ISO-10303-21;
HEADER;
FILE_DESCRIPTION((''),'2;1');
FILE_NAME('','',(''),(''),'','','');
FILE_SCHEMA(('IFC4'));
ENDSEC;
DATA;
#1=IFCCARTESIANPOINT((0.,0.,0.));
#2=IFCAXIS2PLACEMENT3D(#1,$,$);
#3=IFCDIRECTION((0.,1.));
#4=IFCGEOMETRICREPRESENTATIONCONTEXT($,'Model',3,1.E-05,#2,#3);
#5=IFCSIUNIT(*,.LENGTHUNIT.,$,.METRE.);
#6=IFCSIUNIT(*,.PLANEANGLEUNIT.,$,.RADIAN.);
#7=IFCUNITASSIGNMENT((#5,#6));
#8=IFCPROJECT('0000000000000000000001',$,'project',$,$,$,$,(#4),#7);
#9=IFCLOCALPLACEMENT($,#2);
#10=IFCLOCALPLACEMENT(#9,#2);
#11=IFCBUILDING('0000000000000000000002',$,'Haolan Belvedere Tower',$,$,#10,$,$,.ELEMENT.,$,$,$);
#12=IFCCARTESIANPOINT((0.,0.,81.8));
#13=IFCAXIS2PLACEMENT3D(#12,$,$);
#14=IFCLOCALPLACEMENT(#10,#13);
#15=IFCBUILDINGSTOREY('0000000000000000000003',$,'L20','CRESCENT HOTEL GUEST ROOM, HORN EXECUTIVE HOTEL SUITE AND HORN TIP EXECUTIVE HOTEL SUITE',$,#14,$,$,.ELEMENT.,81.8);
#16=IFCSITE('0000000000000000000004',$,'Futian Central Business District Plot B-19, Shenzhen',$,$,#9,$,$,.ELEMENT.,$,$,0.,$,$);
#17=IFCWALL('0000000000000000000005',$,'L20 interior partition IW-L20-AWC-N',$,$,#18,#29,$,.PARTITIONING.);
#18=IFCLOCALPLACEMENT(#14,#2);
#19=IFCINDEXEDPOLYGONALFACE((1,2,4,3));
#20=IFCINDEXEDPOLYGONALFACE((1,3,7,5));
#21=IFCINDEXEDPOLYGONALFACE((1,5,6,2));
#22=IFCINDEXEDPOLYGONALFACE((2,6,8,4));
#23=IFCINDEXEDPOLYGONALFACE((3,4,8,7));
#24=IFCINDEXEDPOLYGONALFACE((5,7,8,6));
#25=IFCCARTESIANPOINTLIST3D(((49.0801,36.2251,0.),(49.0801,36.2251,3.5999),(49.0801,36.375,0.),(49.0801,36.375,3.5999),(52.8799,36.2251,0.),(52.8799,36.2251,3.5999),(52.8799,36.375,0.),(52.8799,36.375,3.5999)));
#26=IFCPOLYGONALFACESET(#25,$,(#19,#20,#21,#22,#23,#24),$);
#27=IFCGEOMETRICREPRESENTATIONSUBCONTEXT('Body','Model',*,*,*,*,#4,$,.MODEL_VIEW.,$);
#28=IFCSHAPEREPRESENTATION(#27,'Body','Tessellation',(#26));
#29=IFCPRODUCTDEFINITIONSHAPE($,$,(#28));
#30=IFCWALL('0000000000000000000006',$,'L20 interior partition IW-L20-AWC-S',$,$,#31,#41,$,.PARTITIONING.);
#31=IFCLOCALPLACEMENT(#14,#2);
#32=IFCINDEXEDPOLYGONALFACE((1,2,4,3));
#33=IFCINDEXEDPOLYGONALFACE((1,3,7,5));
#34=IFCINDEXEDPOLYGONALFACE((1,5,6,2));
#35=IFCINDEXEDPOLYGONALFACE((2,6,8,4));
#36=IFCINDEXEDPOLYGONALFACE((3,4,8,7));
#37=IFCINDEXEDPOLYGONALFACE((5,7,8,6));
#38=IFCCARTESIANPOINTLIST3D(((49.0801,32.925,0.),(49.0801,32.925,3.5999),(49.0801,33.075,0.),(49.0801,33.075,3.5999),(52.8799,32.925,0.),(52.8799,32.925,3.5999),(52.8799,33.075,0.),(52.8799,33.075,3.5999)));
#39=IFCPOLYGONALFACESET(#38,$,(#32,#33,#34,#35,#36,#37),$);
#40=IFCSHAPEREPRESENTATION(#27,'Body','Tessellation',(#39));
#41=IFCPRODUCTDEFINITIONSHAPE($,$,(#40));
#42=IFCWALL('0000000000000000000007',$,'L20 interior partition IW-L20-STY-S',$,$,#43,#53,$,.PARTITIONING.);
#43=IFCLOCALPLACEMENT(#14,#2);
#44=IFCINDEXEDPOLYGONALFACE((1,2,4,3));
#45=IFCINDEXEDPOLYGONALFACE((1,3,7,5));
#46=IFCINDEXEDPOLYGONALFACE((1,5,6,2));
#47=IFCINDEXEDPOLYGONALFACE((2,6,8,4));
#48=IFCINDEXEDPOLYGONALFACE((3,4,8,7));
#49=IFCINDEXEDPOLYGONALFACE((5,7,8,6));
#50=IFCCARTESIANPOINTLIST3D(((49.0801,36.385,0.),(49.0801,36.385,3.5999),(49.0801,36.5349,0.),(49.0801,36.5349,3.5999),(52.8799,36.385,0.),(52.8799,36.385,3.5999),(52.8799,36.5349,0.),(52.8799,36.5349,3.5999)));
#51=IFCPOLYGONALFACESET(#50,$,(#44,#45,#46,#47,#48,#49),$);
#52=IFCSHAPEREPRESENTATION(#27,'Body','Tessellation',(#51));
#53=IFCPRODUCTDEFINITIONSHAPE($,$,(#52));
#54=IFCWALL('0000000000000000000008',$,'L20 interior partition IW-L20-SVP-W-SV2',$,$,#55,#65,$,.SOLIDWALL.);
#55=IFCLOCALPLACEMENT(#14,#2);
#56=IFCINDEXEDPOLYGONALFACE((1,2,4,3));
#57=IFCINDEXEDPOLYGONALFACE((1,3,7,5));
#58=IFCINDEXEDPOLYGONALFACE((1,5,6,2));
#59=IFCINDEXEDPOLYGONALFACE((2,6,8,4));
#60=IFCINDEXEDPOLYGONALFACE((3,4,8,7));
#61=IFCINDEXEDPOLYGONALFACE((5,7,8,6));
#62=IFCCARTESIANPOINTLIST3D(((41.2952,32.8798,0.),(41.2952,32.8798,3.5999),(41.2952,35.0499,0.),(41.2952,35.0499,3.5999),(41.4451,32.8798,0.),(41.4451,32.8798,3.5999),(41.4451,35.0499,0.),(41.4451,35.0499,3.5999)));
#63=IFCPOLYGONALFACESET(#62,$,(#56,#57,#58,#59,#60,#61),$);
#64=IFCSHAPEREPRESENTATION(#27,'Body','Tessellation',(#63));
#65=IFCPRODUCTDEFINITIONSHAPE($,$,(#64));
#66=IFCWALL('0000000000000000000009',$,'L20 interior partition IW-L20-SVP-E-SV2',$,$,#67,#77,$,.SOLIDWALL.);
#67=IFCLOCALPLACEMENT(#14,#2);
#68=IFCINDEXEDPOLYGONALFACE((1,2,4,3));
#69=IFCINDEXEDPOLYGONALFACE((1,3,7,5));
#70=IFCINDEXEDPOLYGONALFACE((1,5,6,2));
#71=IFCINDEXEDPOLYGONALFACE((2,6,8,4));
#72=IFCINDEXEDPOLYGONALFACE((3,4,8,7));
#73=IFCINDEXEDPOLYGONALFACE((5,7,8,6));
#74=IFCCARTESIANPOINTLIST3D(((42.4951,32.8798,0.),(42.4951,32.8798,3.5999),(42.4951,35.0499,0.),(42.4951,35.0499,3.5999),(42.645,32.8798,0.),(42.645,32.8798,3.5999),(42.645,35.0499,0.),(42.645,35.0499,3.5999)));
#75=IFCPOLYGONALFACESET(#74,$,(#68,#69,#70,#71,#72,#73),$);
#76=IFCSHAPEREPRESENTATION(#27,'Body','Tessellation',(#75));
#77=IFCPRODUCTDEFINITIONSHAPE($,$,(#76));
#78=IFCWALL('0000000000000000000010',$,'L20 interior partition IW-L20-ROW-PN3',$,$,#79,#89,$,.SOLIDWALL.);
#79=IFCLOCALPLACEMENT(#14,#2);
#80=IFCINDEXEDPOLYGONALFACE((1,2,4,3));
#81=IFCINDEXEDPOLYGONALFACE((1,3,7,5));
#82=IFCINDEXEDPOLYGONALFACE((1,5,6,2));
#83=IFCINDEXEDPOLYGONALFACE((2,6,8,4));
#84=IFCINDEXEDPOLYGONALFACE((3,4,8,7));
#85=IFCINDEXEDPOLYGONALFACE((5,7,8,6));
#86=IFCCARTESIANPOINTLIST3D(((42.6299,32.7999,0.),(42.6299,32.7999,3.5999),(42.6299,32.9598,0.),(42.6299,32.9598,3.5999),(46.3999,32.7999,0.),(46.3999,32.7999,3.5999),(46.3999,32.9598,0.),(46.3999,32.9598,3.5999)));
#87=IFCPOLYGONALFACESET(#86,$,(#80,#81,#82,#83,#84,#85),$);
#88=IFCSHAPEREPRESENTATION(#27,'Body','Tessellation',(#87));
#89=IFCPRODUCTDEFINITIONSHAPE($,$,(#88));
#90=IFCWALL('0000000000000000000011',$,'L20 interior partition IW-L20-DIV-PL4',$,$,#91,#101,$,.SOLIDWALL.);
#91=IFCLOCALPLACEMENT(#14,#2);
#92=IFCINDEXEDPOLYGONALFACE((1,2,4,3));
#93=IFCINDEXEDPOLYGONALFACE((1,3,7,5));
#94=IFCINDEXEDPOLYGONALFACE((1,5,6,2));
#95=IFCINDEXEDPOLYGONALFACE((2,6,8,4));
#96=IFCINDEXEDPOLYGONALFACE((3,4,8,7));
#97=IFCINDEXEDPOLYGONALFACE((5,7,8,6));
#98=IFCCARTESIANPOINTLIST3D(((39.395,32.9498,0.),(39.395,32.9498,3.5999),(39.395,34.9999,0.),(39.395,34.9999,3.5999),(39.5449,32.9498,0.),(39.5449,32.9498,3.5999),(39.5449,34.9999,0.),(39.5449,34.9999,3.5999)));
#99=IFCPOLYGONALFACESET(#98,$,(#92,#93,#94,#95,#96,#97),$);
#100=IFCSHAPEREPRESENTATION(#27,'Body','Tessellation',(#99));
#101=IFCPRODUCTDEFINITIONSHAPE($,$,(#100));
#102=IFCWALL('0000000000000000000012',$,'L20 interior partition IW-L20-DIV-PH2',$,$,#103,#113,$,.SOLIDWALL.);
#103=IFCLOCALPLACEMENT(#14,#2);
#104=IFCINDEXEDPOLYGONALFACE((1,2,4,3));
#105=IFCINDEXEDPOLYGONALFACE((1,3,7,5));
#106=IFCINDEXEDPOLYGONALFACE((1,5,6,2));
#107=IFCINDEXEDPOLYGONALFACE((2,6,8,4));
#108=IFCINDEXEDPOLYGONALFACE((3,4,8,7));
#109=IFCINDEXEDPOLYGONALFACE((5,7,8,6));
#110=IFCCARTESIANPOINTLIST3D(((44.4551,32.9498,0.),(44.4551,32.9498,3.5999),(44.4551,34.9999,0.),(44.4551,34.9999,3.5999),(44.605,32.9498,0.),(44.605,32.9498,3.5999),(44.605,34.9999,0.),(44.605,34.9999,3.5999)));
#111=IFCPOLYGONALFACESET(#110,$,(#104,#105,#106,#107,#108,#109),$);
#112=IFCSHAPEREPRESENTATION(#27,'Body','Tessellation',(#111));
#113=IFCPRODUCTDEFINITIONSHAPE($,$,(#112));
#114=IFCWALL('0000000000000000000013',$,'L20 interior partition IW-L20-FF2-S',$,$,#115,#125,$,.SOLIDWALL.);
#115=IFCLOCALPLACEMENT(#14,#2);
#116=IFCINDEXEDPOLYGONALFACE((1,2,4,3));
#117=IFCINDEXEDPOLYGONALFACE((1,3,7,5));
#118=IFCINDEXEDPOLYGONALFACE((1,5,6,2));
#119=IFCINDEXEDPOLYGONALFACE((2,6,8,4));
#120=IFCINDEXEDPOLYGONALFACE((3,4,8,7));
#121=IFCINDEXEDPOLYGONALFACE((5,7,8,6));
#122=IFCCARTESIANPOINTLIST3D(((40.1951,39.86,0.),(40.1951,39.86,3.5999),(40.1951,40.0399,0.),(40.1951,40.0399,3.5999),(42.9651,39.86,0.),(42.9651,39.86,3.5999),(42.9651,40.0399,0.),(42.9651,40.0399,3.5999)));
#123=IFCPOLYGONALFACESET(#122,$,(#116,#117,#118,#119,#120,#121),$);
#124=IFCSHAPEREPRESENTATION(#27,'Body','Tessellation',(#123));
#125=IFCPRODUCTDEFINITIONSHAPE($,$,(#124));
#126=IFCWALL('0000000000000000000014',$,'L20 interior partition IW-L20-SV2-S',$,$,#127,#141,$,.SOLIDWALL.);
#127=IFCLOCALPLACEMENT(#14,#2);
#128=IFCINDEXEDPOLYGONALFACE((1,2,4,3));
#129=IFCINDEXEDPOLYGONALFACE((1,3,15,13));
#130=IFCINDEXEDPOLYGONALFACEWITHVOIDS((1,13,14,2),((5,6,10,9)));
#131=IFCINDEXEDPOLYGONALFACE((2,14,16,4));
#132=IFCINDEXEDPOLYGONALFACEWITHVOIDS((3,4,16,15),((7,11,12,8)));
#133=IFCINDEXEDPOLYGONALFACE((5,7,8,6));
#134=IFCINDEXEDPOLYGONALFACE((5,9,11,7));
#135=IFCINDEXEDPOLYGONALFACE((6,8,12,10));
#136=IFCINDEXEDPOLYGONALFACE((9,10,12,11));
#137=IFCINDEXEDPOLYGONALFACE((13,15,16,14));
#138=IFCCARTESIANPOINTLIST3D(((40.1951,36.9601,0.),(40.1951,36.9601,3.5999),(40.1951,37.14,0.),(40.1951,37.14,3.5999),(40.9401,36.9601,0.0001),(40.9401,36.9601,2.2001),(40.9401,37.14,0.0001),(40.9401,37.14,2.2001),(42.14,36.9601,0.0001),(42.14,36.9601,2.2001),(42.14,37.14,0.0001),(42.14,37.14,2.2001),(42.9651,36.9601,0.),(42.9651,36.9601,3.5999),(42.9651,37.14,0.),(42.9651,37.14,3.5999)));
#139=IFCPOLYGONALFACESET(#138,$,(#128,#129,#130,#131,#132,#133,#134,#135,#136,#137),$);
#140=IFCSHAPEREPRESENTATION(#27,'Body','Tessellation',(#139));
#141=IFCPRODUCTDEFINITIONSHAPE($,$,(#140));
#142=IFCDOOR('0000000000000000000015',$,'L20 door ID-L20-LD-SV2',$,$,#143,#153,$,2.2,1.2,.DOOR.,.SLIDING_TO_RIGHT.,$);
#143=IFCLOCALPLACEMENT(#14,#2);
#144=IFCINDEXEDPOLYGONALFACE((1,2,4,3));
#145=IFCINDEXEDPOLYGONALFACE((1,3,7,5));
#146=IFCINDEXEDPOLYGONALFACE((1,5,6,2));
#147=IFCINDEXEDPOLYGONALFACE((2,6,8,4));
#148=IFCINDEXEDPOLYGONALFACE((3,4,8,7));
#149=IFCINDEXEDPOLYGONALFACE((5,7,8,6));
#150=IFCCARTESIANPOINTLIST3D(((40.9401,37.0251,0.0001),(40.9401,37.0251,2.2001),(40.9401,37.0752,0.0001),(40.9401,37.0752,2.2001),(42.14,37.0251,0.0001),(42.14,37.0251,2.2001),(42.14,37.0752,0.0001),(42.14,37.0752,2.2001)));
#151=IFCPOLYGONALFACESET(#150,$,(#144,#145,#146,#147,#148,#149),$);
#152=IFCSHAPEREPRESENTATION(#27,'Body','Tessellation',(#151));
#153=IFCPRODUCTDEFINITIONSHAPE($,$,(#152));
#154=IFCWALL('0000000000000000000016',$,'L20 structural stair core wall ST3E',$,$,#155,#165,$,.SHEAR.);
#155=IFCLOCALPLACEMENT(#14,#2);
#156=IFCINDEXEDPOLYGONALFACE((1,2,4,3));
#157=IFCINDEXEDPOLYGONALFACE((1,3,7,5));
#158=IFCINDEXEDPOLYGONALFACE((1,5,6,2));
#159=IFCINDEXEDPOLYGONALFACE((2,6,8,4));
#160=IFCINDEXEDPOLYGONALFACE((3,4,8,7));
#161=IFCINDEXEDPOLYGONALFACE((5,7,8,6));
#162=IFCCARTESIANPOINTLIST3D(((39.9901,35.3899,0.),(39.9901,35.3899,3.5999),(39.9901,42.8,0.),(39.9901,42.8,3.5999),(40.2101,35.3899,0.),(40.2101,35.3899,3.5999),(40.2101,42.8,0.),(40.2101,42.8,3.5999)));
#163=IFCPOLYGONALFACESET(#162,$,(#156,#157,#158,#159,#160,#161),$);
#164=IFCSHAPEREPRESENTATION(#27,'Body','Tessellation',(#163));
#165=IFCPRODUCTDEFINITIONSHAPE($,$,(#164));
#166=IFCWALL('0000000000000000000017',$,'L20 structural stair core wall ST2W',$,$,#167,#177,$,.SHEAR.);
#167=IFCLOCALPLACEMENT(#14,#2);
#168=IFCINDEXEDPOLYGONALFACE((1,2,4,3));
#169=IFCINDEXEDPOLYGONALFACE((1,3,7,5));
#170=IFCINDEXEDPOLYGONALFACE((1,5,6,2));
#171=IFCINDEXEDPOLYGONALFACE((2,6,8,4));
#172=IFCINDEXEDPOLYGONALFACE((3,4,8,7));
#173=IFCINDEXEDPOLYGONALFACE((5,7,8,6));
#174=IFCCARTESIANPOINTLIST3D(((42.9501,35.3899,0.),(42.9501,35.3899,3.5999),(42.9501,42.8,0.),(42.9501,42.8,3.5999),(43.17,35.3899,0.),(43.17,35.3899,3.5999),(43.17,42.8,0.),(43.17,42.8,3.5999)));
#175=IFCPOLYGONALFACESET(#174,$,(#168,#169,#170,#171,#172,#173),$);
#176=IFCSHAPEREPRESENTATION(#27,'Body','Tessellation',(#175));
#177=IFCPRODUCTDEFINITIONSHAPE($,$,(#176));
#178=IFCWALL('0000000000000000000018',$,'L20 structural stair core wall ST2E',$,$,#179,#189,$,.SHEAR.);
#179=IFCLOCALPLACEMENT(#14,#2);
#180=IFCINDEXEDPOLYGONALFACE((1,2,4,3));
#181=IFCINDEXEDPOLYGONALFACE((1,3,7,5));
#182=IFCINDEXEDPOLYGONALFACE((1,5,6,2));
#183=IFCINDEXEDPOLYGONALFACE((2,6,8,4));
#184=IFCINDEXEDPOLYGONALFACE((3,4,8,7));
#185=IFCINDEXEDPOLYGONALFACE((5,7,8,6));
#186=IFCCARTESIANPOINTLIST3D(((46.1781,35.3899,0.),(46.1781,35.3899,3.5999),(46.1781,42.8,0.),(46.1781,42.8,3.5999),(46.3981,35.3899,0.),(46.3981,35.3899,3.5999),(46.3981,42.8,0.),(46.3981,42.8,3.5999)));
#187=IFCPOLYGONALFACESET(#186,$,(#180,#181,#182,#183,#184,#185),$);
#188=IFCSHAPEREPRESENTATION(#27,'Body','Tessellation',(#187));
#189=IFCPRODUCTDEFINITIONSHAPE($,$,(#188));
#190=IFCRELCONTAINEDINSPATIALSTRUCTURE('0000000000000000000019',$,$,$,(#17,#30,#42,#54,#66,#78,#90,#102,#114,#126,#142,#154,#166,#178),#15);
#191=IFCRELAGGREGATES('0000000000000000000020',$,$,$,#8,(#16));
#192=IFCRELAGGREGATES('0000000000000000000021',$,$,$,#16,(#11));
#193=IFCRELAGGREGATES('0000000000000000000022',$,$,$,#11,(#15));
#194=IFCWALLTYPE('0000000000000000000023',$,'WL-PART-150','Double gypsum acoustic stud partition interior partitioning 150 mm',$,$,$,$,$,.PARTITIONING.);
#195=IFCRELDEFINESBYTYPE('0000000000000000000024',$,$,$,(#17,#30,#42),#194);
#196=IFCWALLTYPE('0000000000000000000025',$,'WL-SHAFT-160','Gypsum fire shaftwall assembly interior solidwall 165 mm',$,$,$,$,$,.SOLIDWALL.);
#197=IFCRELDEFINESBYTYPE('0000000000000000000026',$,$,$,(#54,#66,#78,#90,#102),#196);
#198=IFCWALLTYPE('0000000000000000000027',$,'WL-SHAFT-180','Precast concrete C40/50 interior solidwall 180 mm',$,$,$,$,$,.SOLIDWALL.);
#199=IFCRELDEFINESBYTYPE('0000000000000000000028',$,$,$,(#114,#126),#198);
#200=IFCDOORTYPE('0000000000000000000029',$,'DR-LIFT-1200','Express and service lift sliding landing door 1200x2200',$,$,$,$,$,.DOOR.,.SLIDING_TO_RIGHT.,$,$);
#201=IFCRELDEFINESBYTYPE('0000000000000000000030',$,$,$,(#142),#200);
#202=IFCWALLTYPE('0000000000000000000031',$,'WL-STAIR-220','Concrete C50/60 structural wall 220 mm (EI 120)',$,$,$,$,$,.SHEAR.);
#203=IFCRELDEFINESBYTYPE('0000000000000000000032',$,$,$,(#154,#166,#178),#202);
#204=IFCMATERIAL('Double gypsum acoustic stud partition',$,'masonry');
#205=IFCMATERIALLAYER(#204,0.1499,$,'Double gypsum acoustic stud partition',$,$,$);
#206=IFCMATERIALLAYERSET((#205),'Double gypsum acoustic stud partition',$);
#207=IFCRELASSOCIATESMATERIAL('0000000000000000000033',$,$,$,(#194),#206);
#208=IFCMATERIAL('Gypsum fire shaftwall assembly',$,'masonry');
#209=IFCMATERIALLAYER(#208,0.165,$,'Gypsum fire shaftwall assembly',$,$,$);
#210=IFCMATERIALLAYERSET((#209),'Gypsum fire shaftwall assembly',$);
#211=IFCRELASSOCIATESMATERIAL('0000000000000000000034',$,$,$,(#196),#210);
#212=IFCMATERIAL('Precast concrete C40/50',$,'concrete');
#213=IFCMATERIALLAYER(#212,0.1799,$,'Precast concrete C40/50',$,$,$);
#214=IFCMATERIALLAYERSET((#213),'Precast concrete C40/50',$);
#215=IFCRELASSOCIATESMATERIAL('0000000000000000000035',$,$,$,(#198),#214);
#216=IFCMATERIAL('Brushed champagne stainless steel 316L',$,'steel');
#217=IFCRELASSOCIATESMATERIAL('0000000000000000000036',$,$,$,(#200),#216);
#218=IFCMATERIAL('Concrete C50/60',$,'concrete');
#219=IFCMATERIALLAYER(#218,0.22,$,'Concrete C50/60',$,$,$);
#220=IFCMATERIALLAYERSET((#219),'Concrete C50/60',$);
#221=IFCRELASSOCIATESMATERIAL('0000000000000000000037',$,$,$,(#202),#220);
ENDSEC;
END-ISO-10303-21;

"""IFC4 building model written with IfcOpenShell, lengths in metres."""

from ifc_helpers import new_model, si_unit, direction, frame, frame_2d, origin, place, context, subcontext, project, spatial, rectangle, extrude, material, layer, layer_set, type_object, element, fill, save


model = new_model("IFC4")

# Units and contexts
model_context = context("Model", 3, precision=1e-05, world=origin(), true_north=direction((0.0, 1.0)))
body_context = subcontext(model_context, "Body", "Model", "MODEL_VIEW")
ifc_project = project(units=[si_unit("LENGTHUNIT", "METRE"), si_unit("PLANEANGLEUNIT", "RADIAN")], contexts=[model_context])

# Site, building, storey
site_placement = place(None, origin())
site = spatial("IfcSite", under=ifc_project, at=site_placement, Name="Futian Central Business District Plot B-19, Shenzhen", CompositionType="ELEMENT", RefElevation=0.0)
building_placement = place(site_placement, origin())
building = spatial("IfcBuilding", under=site, at=building_placement, Name="Haolan Belvedere Tower", CompositionType="ELEMENT")
storey_placement = place(building_placement, frame((0.0, 0.0, 81.8)))
storey = spatial("IfcBuildingStorey", under=building, at=storey_placement, Name="L20", Description="CRESCENT HOTEL GUEST ROOM, HORN EXECUTIVE HOTEL SUITE AND HORN TIP EXECUTIVE HOTEL SUITE", CompositionType="ELEMENT", Elevation=81.8)

# Walls
ifc_material_1 = material(Name="Double gypsum acoustic stud partition", Category="masonry")
ifc_layer_1 = layer(ifc_material_1, 0.1499, Name="Double gypsum acoustic stud partition")
ifc_layer_set_1 = layer_set([ifc_layer_1], Name="Double gypsum acoustic stud partition")
wall_type_1 = type_object("IfcWallType", Name="WL-PART-150", Description="Double gypsum acoustic stud partition interior partitioning 150 mm", PredefinedType="PARTITIONING", material=ifc_layer_set_1)
for number, where, z_axis, x_axis, name in (
    (1, (49.0801, 36.3, 0.0), (0.0, 0.0, 1.0), (1.0, 0.0, 0.0), "L20 interior partition IW-L20-AWC-N"),
    (2, (49.0801, 33.0, 0.0), (0.0, 0.0, 1.0), (1.0, 0.0, 0.0), "L20 interior partition IW-L20-AWC-S"),
    (3, (49.0801, 36.46, 0.0), (0.0, 0.0, 1.0), (1.0, 0.0, 0.0), "L20 interior partition IW-L20-STY-S"),
):
    element("IfcWall", number, at=place(storey_placement, frame(where, z_axis=z_axis, x_axis=x_axis)), inside=storey, type_object=wall_type_1, Name=name, PredefinedType="PARTITIONING", context=body_context, shape_type="SweptSolid", body=[
        extrude(rectangle(XDim=3.7998, YDim=0.1499, at=frame_2d((1.8999, 0.0))), origin(), (0.0, 0.0, 1.0), 3.5999),
    ])
ifc_material_2 = material(Name="Gypsum fire shaftwall assembly", Category="masonry")
ifc_layer_2 = layer(ifc_material_2, 0.165, Name="Gypsum fire shaftwall assembly")
ifc_layer_set_2 = layer_set([ifc_layer_2], Name="Gypsum fire shaftwall assembly")
wall_type_2 = type_object("IfcWallType", Name="WL-SHAFT-160", Description="Gypsum fire shaftwall assembly interior solidwall 165 mm", PredefinedType="SOLIDWALL", material=ifc_layer_set_2)
for number, where, z_axis, x_axis, name in (
    (4, (41.3701, 32.8799, 0.0), (0.0, 0.0, 1.0), (0.0, 1.0, 0.0), "L20 interior partition IW-L20-SVP-W-SV2"),
    (5, (42.5701, 32.8799, 0.0), (0.0, 0.0, 1.0), (0.0, 1.0, 0.0), "L20 interior partition IW-L20-SVP-E-SV2"),
):
    element("IfcWall", number, at=place(storey_placement, frame(where, z_axis=z_axis, x_axis=x_axis)), inside=storey, type_object=wall_type_2, Name=name, PredefinedType="SOLIDWALL", context=body_context, shape_type="SweptSolid", body=[
        extrude(rectangle(XDim=2.1702, YDim=0.1499, at=frame_2d((1.085, 0.0))), origin(), (0.0, 0.0, 1.0), 3.5999),
    ])
wall_1_placement = place(storey_placement, frame((42.6299, 32.8799, 0.0), z_axis=(0.0, 0.0, 1.0), x_axis=(1.0, 0.0, 0.0)))
element("IfcWall", 6, at=wall_1_placement, inside=storey, type_object=wall_type_2, Name="L20 interior partition IW-L20-ROW-PN3", PredefinedType="SOLIDWALL", context=body_context, shape_type="SweptSolid", body=[
    extrude(rectangle(XDim=3.77, YDim=0.1599, at=frame_2d((1.885, 0.0))), origin(), (0.0, 0.0, 1.0), 3.5999),
])
for number, where, z_axis, x_axis, name in (
    (7, (39.47, 32.95, 0.0), (0.0, 0.0, 1.0), (0.0, 1.0, 0.0), "L20 interior partition IW-L20-DIV-PL4"),
    (8, (44.53, 32.95, 0.0), (0.0, 0.0, 1.0), (0.0, 1.0, 0.0), "L20 interior partition IW-L20-DIV-PH2"),
):
    element("IfcWall", number, at=place(storey_placement, frame(where, z_axis=z_axis, x_axis=x_axis)), inside=storey, type_object=wall_type_2, Name=name, PredefinedType="SOLIDWALL", context=body_context, shape_type="SweptSolid", body=[
        extrude(rectangle(XDim=2.05, YDim=0.1499, at=frame_2d((1.0249, 0.0))), origin(), (0.0, 0.0, 1.0), 3.5999),
    ])
ifc_material_3 = material(Name="Precast concrete C40/50", Category="concrete")
ifc_layer_3 = layer(ifc_material_3, 0.1799, Name="Precast concrete C40/50")
ifc_layer_set_3 = layer_set([ifc_layer_3], Name="Precast concrete C40/50")
wall_type_3 = type_object("IfcWallType", Name="WL-SHAFT-180", Description="Precast concrete C40/50 interior solidwall 180 mm", PredefinedType="SOLIDWALL", material=ifc_layer_set_3)
wall_2_placement = place(storey_placement, frame((40.1951, 39.95, 0.0), z_axis=(0.0, 0.0, 1.0), x_axis=(1.0, 0.0, 0.0)))
element("IfcWall", 9, at=wall_2_placement, inside=storey, type_object=wall_type_3, Name="L20 interior partition IW-L20-FF2-S", PredefinedType="SOLIDWALL", context=body_context, shape_type="SweptSolid", body=[
    extrude(rectangle(XDim=2.77, YDim=0.1799, at=frame_2d((1.385, 0.0))), origin(), (0.0, 0.0, 1.0), 3.5999),
])

# Wall, opening, door
wall_3_placement = place(storey_placement, frame((40.1951, 37.05, 0.0), z_axis=(0.0, 0.0, 1.0), x_axis=(1.0, 0.0, 0.0)))
wall_3 = element("IfcWall", 10, at=wall_3_placement, inside=storey, type_object=wall_type_3, Name="L20 interior partition IW-L20-SV2-S", PredefinedType="SOLIDWALL", context=body_context, shape_type="SweptSolid", body=[
    extrude(rectangle(XDim=2.77, YDim=0.1799, at=frame_2d((1.385, 0.0))), origin(), (0.0, 0.0, 1.0), 3.5999),
])
opening_placement = place(wall_3_placement, frame((1.9451, 0.0, 0.0), z_axis=(0.0, 0.0, 1.0), x_axis=(-1.0, 0.0, 0.0)))
opening = element("IfcOpeningElement", 11, at=opening_placement, cuts=wall_3, PredefinedType="OPENING", context=body_context, shape_type="SweptSolid", body=[
    extrude(rectangle(XDim=1.2, YDim=2.2, at=frame_2d((0.6001, 1.1001))), frame((0.0, 0.0999, 0.0), z_axis=(0.0, -1.0, 0.0), x_axis=(1.0, 0.0, 0.0)), (0.0, 0.0, 1.0), 0.2),
])
ifc_material_4 = material(Name="Brushed champagne stainless steel 316L", Category="steel")
door_type = type_object("IfcDoorType", Name="DR-LIFT-1200", Description="Express and service lift sliding landing door 1200x2200", OperationType="SLIDING_TO_RIGHT", PredefinedType="DOOR", material=ifc_material_4)
door_placement = place(opening_placement, origin())
door = element("IfcDoor", 12, at=door_placement, inside=storey, type_object=door_type, Name="L20 door ID-L20-LD-SV2", OperationType="SLIDING_TO_RIGHT", OverallHeight=2.2, OverallWidth=1.2, PredefinedType="DOOR", context=body_context, shape_type="SweptSolid", body=[
    extrude(rectangle(XDim=1.2, YDim=2.2, at=frame_2d((0.6001, 1.1001))), frame((0.0, 0.0249, 0.0), z_axis=(0.0, -1.0, 0.0), x_axis=(1.0, 0.0, 0.0)), (0.0, 0.0, 1.0), 0.05),
])
fill(opening, door)

# Walls
ifc_material_5 = material(Name="Concrete C50/60", Category="concrete")
ifc_layer_4 = layer(ifc_material_5, 0.22, Name="Concrete C50/60")
ifc_layer_set_4 = layer_set([ifc_layer_4], Name="Concrete C50/60")
wall_type_4 = type_object("IfcWallType", Name="WL-STAIR-220", Description="Concrete C50/60 structural wall 220 mm (EI 120)", PredefinedType="SHEAR", material=ifc_layer_set_4)
for number, where, z_axis, x_axis, name in (
    (13, (40.1001, 35.3899, 0.0), (0.0, 0.0, 1.0), (0.0, 1.0, 0.0), "L20 structural stair core wall ST3E"),
    (14, (43.0601, 35.3899, 0.0), (0.0, 0.0, 1.0), (0.0, 1.0, 0.0), "L20 structural stair core wall ST2W"),
    (15, (46.2881, 35.3899, 0.0), (0.0, 0.0, 1.0), (0.0, 1.0, 0.0), "L20 structural stair core wall ST2E"),
):
    element("IfcWall", number, at=place(storey_placement, frame(where, z_axis=z_axis, x_axis=x_axis)), inside=storey, type_object=wall_type_4, Name=name, PredefinedType="SHEAR", context=body_context, shape_type="SweptSolid", body=[
        extrude(rectangle(XDim=7.4102, YDim=0.22, at=frame_2d((3.7051, 0.0))), origin(), (0.0, 0.0, 1.0), 3.5999),
    ])

save(model, "model.ifc")
